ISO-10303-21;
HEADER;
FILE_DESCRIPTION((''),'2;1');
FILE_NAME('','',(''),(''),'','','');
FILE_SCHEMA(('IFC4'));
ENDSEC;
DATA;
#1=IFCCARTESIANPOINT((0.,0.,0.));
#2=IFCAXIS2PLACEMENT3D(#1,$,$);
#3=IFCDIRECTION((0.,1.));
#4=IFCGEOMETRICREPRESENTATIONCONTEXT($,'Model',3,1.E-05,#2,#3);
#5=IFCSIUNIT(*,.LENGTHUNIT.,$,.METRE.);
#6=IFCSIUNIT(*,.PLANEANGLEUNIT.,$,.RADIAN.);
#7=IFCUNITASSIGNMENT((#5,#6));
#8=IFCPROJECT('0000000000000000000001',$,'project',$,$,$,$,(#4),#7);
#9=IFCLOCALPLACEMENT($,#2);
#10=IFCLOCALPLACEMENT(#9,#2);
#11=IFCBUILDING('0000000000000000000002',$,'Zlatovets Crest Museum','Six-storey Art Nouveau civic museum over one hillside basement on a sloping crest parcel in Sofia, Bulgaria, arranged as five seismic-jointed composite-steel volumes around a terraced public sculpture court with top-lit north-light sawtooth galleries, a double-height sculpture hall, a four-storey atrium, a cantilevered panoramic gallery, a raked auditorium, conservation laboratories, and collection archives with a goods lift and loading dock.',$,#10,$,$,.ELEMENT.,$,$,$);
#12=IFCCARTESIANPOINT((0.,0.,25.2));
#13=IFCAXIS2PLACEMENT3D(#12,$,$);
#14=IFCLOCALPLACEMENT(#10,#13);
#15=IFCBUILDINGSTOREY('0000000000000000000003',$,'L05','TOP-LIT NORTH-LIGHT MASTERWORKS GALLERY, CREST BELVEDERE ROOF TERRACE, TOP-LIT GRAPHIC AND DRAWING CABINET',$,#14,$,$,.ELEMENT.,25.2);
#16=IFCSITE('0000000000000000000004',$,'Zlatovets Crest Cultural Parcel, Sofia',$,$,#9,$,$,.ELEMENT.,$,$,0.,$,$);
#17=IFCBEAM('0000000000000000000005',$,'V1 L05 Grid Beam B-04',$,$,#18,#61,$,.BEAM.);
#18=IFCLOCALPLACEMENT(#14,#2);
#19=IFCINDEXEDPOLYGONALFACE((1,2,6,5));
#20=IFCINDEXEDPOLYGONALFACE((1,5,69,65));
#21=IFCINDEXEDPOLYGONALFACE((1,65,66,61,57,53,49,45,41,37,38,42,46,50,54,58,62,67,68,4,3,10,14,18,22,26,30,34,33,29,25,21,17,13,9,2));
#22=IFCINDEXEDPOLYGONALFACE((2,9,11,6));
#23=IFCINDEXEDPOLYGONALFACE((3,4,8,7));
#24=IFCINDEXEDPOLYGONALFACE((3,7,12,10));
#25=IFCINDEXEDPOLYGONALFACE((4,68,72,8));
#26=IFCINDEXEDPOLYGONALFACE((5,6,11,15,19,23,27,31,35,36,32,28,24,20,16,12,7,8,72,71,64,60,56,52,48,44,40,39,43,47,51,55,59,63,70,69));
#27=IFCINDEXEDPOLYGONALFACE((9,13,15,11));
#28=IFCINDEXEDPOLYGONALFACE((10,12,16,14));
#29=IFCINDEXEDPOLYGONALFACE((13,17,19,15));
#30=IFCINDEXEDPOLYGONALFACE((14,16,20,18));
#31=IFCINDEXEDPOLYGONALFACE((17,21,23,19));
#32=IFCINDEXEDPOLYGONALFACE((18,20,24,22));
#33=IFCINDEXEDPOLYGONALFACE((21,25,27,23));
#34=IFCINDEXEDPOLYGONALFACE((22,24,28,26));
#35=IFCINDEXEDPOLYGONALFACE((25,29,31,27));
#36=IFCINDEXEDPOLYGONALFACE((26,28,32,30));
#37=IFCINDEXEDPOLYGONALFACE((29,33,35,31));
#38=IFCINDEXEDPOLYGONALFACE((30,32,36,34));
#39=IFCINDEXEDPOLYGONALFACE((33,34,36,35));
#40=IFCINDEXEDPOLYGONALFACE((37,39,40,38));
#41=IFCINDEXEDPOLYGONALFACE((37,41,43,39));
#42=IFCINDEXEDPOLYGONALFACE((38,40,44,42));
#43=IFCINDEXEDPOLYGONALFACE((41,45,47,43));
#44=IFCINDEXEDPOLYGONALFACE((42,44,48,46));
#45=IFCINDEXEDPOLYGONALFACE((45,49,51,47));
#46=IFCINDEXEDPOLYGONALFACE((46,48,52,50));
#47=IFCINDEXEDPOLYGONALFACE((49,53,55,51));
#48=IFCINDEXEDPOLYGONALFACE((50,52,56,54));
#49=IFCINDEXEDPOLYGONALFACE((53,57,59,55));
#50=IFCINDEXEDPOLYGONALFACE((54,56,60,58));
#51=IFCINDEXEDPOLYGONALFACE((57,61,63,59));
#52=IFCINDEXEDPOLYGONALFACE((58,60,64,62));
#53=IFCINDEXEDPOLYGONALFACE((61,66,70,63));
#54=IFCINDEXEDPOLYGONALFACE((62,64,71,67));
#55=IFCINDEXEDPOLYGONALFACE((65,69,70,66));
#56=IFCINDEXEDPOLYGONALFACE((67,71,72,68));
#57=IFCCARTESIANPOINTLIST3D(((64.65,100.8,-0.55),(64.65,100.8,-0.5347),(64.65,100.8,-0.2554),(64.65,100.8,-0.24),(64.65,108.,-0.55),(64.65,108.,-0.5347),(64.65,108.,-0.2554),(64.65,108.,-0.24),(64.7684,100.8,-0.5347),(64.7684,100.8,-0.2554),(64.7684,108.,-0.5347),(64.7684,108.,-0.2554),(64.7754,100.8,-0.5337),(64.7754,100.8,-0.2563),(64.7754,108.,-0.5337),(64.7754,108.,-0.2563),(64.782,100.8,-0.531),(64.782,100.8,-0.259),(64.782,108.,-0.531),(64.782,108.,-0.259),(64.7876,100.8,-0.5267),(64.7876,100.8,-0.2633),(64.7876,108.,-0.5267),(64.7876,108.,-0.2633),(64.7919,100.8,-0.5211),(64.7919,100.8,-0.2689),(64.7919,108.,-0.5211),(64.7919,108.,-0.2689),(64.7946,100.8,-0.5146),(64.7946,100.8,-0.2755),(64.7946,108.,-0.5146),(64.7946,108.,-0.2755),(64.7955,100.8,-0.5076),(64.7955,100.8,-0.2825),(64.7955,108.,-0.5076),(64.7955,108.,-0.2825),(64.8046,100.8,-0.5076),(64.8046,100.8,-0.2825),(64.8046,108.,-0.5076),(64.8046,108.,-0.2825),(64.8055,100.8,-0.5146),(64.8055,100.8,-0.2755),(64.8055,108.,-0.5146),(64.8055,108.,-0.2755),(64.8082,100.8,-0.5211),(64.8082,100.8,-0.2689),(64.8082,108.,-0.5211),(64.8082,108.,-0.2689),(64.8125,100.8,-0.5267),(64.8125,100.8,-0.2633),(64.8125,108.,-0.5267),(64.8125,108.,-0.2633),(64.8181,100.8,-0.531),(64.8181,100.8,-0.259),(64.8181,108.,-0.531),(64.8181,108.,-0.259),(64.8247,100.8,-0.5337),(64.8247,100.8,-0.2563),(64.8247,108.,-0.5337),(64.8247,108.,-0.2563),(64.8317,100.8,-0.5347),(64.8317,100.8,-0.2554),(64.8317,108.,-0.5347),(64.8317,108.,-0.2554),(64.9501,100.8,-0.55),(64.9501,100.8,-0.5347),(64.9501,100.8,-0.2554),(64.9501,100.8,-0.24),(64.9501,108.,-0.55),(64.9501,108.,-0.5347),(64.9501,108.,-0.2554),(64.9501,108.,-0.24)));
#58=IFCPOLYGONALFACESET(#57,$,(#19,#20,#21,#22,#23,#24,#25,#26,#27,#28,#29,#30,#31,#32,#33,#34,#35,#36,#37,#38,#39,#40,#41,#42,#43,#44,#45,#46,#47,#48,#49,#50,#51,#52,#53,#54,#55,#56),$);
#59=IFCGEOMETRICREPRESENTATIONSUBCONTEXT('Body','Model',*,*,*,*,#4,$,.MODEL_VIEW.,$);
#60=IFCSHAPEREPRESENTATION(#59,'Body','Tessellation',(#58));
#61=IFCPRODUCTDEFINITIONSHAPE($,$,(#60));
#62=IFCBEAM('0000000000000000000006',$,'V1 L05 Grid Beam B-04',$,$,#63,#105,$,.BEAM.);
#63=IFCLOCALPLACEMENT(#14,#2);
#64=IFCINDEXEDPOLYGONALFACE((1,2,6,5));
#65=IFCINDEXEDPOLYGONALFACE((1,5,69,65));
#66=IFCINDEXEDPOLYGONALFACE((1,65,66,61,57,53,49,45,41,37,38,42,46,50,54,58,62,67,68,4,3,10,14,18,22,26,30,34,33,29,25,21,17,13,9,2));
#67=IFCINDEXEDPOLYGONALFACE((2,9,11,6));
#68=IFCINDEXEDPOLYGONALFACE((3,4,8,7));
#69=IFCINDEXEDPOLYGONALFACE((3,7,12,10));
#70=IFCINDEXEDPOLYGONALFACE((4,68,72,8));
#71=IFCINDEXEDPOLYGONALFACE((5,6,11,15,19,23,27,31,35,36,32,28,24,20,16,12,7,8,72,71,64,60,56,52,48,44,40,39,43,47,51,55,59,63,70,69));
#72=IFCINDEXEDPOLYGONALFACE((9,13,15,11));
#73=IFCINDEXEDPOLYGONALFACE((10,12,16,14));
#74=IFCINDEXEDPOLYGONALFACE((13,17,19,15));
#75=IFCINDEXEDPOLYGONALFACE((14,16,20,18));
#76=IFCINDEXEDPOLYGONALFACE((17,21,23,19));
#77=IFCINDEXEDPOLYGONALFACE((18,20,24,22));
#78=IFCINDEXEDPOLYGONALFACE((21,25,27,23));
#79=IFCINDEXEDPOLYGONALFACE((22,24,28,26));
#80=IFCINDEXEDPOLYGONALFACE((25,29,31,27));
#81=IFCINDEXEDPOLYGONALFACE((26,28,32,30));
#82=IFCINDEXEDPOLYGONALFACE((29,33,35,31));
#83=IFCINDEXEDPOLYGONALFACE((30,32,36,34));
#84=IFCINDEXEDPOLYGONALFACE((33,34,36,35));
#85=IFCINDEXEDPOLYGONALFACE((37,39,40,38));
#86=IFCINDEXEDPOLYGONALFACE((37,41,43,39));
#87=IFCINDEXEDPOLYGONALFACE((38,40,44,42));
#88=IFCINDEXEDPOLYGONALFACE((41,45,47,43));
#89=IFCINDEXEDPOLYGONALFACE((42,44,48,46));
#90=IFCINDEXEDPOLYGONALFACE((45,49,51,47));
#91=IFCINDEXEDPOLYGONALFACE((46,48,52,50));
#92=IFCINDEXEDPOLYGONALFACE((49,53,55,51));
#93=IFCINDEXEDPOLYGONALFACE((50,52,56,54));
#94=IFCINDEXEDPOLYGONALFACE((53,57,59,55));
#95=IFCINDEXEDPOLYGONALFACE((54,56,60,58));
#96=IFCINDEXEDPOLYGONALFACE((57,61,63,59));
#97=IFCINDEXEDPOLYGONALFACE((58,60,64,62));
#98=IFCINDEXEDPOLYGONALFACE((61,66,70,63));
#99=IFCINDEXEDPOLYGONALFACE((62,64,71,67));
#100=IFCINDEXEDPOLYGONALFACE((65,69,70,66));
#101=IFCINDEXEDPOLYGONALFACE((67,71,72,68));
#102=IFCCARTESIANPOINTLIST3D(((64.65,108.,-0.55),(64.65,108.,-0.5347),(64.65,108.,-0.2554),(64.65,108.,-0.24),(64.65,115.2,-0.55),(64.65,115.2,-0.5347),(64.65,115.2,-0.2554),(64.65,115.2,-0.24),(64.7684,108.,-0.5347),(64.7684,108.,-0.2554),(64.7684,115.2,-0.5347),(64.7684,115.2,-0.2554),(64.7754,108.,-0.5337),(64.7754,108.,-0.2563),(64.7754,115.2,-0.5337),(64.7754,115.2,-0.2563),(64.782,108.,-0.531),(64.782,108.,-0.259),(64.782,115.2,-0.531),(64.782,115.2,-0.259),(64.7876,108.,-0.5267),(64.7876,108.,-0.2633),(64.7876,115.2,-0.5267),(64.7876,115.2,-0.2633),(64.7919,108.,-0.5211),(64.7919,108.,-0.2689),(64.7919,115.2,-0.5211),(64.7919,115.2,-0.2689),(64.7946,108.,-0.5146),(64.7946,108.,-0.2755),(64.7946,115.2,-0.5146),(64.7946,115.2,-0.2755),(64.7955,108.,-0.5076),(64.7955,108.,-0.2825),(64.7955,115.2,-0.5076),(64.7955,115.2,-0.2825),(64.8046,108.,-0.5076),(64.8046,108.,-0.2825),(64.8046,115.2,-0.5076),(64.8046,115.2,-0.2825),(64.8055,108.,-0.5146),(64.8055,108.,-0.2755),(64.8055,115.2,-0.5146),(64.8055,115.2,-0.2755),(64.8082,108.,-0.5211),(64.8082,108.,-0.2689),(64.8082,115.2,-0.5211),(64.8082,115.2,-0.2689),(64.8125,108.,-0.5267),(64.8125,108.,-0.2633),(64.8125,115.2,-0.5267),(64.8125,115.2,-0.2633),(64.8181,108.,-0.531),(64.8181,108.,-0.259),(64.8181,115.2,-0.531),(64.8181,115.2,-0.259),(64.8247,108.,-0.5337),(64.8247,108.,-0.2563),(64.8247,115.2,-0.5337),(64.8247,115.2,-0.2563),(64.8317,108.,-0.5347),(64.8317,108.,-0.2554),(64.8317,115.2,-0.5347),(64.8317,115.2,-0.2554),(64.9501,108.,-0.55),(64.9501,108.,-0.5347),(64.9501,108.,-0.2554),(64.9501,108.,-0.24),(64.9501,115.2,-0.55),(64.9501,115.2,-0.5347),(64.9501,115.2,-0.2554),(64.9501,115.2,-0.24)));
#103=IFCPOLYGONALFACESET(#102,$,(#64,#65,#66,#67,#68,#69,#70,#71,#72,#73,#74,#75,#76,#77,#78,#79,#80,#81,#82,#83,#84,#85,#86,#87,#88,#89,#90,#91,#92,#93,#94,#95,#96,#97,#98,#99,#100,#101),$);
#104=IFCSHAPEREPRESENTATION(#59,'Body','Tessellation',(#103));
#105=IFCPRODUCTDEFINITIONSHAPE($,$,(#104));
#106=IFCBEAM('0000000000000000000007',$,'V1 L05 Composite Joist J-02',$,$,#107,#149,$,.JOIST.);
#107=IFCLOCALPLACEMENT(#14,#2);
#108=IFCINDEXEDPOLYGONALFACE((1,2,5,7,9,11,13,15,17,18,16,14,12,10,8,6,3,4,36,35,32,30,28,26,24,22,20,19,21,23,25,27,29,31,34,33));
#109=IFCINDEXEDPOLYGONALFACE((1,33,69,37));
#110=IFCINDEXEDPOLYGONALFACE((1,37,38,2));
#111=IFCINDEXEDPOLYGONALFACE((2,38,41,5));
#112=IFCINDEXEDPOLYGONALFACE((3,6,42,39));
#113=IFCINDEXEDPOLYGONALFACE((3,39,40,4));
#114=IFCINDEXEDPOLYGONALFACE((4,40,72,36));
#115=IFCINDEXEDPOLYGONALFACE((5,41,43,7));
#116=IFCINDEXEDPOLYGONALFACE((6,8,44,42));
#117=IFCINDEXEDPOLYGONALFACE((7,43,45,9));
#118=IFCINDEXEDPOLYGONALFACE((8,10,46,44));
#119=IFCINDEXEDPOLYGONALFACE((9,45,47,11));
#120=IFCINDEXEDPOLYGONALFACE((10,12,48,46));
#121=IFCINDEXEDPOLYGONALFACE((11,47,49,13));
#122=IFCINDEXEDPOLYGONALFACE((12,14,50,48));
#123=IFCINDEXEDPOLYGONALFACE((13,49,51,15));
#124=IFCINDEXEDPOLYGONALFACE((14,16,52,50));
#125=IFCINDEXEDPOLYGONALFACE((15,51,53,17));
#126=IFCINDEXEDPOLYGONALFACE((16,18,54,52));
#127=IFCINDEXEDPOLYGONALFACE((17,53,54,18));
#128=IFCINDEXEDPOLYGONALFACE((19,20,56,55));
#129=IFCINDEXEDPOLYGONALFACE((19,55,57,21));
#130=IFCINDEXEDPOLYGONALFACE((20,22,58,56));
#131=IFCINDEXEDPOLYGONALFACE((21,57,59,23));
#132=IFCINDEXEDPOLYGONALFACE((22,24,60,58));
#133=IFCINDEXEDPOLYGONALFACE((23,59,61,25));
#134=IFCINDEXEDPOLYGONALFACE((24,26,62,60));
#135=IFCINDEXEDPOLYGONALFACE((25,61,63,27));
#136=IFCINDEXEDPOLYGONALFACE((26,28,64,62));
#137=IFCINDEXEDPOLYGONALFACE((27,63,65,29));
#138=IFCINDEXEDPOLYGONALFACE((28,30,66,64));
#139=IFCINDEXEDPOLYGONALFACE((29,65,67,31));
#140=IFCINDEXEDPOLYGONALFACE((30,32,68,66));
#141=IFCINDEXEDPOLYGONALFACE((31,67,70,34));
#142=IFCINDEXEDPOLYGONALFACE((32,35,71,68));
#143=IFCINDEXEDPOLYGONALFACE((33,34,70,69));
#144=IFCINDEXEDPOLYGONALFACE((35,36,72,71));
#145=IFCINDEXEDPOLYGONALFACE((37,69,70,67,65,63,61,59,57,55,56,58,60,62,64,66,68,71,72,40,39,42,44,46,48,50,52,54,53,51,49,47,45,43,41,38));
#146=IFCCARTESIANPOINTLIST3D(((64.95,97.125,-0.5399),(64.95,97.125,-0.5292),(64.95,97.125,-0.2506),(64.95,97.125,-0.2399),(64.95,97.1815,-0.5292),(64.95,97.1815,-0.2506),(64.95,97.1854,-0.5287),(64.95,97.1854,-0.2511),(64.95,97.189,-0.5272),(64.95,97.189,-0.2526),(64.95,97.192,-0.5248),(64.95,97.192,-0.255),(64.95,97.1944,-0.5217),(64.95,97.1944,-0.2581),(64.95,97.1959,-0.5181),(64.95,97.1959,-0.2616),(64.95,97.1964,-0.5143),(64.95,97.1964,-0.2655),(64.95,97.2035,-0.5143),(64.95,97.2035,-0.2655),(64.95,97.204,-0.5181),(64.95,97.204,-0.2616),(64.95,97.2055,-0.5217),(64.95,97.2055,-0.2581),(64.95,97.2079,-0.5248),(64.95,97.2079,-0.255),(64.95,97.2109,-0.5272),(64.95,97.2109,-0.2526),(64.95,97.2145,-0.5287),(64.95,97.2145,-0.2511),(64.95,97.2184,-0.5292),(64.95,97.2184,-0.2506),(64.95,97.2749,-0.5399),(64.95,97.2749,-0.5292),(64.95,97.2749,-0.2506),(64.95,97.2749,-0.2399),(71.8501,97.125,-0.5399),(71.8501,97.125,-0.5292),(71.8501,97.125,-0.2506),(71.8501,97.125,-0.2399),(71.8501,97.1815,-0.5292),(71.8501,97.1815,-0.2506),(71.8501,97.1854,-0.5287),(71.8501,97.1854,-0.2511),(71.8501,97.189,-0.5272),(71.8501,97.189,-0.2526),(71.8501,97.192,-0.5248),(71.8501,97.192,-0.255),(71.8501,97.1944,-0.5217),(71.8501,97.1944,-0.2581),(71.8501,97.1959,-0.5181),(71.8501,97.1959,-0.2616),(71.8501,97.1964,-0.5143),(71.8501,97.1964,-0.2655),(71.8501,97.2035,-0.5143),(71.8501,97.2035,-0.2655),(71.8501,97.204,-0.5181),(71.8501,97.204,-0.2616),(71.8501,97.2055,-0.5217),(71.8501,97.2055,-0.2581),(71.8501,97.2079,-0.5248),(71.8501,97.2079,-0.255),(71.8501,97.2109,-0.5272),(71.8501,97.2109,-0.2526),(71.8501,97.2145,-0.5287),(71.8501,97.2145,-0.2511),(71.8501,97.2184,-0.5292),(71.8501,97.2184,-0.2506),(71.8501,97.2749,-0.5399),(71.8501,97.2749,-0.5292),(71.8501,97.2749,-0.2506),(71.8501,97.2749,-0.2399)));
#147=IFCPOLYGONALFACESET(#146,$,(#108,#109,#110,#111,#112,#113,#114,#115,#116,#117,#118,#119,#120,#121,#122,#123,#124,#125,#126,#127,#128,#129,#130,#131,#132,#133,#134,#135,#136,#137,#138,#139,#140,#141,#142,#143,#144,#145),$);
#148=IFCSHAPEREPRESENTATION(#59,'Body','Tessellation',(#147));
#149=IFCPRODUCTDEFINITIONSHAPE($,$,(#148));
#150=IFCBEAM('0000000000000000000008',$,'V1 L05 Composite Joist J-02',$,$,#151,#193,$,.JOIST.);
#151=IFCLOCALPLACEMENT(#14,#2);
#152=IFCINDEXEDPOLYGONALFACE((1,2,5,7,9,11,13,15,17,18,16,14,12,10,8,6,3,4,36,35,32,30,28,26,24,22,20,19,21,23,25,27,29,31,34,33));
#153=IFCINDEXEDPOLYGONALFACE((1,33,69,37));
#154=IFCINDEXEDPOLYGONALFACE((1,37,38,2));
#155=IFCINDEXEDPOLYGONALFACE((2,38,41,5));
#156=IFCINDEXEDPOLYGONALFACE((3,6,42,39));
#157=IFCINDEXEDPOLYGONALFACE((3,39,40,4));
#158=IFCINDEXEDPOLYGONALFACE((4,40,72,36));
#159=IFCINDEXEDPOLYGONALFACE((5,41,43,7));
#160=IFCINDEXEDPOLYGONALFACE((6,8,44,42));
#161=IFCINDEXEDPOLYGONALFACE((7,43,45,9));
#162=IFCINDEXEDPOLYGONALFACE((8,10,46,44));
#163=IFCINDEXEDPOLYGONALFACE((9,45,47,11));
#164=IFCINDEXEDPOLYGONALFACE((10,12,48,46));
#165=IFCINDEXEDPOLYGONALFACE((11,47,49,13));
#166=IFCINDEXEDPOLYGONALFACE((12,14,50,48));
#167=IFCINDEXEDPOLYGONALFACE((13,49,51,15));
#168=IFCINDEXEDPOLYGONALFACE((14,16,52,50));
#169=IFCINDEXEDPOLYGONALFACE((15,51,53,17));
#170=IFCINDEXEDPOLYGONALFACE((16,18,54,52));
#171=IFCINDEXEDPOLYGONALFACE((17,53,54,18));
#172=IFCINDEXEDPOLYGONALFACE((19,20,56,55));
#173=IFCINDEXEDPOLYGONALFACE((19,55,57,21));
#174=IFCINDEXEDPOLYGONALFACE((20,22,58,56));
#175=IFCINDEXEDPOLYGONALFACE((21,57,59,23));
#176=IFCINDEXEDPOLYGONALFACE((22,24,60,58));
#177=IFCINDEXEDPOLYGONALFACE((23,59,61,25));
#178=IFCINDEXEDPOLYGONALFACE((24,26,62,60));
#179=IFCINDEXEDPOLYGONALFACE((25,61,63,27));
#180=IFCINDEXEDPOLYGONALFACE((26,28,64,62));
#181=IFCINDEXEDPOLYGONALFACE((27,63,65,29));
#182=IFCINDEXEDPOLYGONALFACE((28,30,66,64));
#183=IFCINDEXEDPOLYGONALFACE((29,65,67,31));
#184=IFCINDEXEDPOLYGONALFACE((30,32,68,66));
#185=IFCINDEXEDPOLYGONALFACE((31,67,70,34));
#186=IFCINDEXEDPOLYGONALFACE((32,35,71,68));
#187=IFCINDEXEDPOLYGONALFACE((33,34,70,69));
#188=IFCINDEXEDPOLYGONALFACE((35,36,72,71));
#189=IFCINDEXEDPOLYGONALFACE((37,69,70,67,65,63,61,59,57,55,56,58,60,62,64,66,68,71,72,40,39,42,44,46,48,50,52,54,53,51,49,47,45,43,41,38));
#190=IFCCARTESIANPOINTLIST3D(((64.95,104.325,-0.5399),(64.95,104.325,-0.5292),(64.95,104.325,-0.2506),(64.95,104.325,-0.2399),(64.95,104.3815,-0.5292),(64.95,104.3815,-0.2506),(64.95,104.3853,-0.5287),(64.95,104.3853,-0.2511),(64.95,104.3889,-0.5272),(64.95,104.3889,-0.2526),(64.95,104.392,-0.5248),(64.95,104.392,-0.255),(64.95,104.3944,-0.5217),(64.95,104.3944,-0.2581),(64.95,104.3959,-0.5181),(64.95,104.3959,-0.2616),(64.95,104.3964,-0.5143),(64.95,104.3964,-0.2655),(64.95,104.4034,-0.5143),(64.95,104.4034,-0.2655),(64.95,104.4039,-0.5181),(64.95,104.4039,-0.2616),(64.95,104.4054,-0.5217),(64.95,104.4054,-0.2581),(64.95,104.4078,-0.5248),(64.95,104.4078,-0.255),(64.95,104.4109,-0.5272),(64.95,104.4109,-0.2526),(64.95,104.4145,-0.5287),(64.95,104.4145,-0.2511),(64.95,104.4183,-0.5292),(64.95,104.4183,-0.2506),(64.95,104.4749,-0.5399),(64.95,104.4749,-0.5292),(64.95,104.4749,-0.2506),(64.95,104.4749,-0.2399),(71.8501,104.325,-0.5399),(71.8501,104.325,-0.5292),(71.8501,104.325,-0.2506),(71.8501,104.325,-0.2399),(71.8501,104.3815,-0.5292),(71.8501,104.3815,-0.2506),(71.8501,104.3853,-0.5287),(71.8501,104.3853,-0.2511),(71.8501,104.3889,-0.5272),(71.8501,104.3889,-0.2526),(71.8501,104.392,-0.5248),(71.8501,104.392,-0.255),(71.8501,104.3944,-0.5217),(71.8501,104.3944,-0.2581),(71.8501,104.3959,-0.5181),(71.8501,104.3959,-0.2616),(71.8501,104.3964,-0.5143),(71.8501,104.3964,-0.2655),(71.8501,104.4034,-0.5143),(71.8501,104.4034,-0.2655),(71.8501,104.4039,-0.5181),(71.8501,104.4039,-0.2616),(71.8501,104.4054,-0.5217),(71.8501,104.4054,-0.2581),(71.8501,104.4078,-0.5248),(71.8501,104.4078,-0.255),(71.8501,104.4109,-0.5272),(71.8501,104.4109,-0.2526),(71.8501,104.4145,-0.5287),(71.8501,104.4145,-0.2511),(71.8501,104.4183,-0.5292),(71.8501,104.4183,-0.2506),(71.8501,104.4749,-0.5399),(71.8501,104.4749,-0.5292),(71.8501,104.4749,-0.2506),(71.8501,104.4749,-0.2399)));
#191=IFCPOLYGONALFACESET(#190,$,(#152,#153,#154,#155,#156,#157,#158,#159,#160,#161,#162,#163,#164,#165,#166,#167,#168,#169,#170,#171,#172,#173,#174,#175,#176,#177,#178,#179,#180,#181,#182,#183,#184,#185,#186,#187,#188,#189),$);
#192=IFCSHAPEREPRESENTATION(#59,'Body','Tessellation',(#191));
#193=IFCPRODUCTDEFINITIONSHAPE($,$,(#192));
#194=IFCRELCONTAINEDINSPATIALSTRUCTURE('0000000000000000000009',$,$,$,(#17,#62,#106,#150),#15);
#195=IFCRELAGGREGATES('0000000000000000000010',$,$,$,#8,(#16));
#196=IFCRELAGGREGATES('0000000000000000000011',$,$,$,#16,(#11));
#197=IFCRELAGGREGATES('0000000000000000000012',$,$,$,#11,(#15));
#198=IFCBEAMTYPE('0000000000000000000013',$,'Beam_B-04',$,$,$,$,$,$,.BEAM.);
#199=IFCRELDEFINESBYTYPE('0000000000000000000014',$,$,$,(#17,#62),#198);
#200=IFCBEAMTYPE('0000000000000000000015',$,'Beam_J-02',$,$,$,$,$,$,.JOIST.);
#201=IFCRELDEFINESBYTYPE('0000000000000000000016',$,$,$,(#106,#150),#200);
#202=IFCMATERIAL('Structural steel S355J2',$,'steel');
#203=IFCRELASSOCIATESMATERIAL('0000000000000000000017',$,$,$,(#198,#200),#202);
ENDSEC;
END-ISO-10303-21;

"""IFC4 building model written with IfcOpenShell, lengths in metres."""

from ifc_helpers import new_model, si_unit, direction, frame, origin, origin_2d, place, context, subcontext, project, spatial, i_section, extrude, material, material_profile, profile_set, type_object, element, save


model = new_model("IFC4")

# Units and contexts
model_context = context("Model", 3, precision=1e-05, world=origin(), true_north=direction((0.0, 1.0)))
body_context = subcontext(model_context, "Body", "Model", "MODEL_VIEW")
ifc_project = project(units=[si_unit("LENGTHUNIT", "METRE"), si_unit("PLANEANGLEUNIT", "RADIAN")], contexts=[model_context])

# Site, building, storey
site_placement = place(None, origin())
site = spatial("IfcSite", under=ifc_project, at=site_placement, Name="Zlatovets Crest Cultural Parcel, Sofia", CompositionType="ELEMENT", RefElevation=0.0)
building_placement = place(site_placement, origin())
building = spatial("IfcBuilding", under=site, at=building_placement, Name="Zlatovets Crest Museum", Description="Six-storey Art Nouveau civic museum over one hillside basement on a sloping crest parcel in Sofia, Bulgaria, arranged as five seismic-jointed composite-steel volumes around a terraced public sculpture court with top-lit north-light sawtooth galleries, a double-height sculpture hall, a four-storey atrium, a cantilevered panoramic gallery, a raked auditorium, conservation laboratories, and collection archives with a goods lift and loading dock.", CompositionType="ELEMENT")
storey_placement = place(building_placement, frame((0.0, 0.0, 25.2)))
storey = spatial("IfcBuildingStorey", under=building, at=storey_placement, Name="L05", Description="TOP-LIT NORTH-LIGHT MASTERWORKS GALLERY, CREST BELVEDERE ROOF TERRACE, TOP-LIT GRAPHIC AND DRAWING CABINET", CompositionType="ELEMENT", Elevation=25.2)

# Shared definitions
ifc_material_1 = material(Name="Structural steel S355J2", Category="steel")

# Beams
ifc_material_profile_1 = material_profile(ifc_material_1, i_section(OverallWidth=0.3, OverallDepth=0.3101, WebThickness=0.009, FlangeThickness=0.0154, FilletRadius=0.0271, at=origin_2d()), Name="HEA 320")
ifc_profile_set_1 = profile_set([ifc_material_profile_1], Name="Structural steel S355J2")
beam_type_1 = type_object("IfcBeamType", Name="Beam_B-04", PredefinedType="BEAM", material=ifc_profile_set_1)
for number, where, z_axis, x_axis, name in (
    (1, (64.8, 100.8, -0.395), (0.0, 1.0, 0.0), (-1.0, 0.0, 0.0), "V1 L05 Grid Beam B-04"),
    (2, (64.8, 108.0, -0.395), (0.0, 1.0, 0.0), (-1.0, 0.0, 0.0), "V1 L05 Grid Beam B-04"),
):
    element("IfcBeam", number, at=place(storey_placement, frame(where, z_axis=z_axis, x_axis=x_axis)), inside=storey, type_object=beam_type_1, Name=name, PredefinedType="BEAM", context=body_context, shape_type="SweptSolid", body=[
        extrude(i_section(OverallWidth=0.3, OverallDepth=0.3101, WebThickness=0.009, FlangeThickness=0.0154, FilletRadius=0.0271, at=origin_2d()), origin(), (0.0, 0.0, 1.0), 7.2),
    ])
ifc_material_profile_2 = material_profile(ifc_material_1, i_section(OverallWidth=0.1499, OverallDepth=0.3, WebThickness=0.0071, FlangeThickness=0.0107, FilletRadius=0.0149, at=origin_2d()), Name="IPE 300")
ifc_profile_set_2 = profile_set([ifc_material_profile_2], Name="Structural steel S355J2")
beam_type_2 = type_object("IfcBeamType", Name="Beam_J-02", PredefinedType="JOIST", material=ifc_profile_set_2)
for number, where, z_axis, x_axis, name in (
    (3, (64.95, 97.2, -0.3899), (1.0, 0.0, 0.0), (0.0, 1.0, 0.0), "V1 L05 Composite Joist J-02"),
    (4, (64.95, 104.3999, -0.3899), (1.0, 0.0, 0.0), (0.0, 1.0, 0.0), "V1 L05 Composite Joist J-02"),
):
    element("IfcBeam", number, at=place(storey_placement, frame(where, z_axis=z_axis, x_axis=x_axis)), inside=storey, type_object=beam_type_2, Name=name, PredefinedType="JOIST", context=body_context, shape_type="SweptSolid", body=[
        extrude(i_section(OverallWidth=0.1499, OverallDepth=0.3, WebThickness=0.0071, FlangeThickness=0.0107, FilletRadius=0.0149, at=origin_2d()), origin(), (0.0, 0.0, 1.0), 6.9001),
    ])

save(model, "model.ifc")
